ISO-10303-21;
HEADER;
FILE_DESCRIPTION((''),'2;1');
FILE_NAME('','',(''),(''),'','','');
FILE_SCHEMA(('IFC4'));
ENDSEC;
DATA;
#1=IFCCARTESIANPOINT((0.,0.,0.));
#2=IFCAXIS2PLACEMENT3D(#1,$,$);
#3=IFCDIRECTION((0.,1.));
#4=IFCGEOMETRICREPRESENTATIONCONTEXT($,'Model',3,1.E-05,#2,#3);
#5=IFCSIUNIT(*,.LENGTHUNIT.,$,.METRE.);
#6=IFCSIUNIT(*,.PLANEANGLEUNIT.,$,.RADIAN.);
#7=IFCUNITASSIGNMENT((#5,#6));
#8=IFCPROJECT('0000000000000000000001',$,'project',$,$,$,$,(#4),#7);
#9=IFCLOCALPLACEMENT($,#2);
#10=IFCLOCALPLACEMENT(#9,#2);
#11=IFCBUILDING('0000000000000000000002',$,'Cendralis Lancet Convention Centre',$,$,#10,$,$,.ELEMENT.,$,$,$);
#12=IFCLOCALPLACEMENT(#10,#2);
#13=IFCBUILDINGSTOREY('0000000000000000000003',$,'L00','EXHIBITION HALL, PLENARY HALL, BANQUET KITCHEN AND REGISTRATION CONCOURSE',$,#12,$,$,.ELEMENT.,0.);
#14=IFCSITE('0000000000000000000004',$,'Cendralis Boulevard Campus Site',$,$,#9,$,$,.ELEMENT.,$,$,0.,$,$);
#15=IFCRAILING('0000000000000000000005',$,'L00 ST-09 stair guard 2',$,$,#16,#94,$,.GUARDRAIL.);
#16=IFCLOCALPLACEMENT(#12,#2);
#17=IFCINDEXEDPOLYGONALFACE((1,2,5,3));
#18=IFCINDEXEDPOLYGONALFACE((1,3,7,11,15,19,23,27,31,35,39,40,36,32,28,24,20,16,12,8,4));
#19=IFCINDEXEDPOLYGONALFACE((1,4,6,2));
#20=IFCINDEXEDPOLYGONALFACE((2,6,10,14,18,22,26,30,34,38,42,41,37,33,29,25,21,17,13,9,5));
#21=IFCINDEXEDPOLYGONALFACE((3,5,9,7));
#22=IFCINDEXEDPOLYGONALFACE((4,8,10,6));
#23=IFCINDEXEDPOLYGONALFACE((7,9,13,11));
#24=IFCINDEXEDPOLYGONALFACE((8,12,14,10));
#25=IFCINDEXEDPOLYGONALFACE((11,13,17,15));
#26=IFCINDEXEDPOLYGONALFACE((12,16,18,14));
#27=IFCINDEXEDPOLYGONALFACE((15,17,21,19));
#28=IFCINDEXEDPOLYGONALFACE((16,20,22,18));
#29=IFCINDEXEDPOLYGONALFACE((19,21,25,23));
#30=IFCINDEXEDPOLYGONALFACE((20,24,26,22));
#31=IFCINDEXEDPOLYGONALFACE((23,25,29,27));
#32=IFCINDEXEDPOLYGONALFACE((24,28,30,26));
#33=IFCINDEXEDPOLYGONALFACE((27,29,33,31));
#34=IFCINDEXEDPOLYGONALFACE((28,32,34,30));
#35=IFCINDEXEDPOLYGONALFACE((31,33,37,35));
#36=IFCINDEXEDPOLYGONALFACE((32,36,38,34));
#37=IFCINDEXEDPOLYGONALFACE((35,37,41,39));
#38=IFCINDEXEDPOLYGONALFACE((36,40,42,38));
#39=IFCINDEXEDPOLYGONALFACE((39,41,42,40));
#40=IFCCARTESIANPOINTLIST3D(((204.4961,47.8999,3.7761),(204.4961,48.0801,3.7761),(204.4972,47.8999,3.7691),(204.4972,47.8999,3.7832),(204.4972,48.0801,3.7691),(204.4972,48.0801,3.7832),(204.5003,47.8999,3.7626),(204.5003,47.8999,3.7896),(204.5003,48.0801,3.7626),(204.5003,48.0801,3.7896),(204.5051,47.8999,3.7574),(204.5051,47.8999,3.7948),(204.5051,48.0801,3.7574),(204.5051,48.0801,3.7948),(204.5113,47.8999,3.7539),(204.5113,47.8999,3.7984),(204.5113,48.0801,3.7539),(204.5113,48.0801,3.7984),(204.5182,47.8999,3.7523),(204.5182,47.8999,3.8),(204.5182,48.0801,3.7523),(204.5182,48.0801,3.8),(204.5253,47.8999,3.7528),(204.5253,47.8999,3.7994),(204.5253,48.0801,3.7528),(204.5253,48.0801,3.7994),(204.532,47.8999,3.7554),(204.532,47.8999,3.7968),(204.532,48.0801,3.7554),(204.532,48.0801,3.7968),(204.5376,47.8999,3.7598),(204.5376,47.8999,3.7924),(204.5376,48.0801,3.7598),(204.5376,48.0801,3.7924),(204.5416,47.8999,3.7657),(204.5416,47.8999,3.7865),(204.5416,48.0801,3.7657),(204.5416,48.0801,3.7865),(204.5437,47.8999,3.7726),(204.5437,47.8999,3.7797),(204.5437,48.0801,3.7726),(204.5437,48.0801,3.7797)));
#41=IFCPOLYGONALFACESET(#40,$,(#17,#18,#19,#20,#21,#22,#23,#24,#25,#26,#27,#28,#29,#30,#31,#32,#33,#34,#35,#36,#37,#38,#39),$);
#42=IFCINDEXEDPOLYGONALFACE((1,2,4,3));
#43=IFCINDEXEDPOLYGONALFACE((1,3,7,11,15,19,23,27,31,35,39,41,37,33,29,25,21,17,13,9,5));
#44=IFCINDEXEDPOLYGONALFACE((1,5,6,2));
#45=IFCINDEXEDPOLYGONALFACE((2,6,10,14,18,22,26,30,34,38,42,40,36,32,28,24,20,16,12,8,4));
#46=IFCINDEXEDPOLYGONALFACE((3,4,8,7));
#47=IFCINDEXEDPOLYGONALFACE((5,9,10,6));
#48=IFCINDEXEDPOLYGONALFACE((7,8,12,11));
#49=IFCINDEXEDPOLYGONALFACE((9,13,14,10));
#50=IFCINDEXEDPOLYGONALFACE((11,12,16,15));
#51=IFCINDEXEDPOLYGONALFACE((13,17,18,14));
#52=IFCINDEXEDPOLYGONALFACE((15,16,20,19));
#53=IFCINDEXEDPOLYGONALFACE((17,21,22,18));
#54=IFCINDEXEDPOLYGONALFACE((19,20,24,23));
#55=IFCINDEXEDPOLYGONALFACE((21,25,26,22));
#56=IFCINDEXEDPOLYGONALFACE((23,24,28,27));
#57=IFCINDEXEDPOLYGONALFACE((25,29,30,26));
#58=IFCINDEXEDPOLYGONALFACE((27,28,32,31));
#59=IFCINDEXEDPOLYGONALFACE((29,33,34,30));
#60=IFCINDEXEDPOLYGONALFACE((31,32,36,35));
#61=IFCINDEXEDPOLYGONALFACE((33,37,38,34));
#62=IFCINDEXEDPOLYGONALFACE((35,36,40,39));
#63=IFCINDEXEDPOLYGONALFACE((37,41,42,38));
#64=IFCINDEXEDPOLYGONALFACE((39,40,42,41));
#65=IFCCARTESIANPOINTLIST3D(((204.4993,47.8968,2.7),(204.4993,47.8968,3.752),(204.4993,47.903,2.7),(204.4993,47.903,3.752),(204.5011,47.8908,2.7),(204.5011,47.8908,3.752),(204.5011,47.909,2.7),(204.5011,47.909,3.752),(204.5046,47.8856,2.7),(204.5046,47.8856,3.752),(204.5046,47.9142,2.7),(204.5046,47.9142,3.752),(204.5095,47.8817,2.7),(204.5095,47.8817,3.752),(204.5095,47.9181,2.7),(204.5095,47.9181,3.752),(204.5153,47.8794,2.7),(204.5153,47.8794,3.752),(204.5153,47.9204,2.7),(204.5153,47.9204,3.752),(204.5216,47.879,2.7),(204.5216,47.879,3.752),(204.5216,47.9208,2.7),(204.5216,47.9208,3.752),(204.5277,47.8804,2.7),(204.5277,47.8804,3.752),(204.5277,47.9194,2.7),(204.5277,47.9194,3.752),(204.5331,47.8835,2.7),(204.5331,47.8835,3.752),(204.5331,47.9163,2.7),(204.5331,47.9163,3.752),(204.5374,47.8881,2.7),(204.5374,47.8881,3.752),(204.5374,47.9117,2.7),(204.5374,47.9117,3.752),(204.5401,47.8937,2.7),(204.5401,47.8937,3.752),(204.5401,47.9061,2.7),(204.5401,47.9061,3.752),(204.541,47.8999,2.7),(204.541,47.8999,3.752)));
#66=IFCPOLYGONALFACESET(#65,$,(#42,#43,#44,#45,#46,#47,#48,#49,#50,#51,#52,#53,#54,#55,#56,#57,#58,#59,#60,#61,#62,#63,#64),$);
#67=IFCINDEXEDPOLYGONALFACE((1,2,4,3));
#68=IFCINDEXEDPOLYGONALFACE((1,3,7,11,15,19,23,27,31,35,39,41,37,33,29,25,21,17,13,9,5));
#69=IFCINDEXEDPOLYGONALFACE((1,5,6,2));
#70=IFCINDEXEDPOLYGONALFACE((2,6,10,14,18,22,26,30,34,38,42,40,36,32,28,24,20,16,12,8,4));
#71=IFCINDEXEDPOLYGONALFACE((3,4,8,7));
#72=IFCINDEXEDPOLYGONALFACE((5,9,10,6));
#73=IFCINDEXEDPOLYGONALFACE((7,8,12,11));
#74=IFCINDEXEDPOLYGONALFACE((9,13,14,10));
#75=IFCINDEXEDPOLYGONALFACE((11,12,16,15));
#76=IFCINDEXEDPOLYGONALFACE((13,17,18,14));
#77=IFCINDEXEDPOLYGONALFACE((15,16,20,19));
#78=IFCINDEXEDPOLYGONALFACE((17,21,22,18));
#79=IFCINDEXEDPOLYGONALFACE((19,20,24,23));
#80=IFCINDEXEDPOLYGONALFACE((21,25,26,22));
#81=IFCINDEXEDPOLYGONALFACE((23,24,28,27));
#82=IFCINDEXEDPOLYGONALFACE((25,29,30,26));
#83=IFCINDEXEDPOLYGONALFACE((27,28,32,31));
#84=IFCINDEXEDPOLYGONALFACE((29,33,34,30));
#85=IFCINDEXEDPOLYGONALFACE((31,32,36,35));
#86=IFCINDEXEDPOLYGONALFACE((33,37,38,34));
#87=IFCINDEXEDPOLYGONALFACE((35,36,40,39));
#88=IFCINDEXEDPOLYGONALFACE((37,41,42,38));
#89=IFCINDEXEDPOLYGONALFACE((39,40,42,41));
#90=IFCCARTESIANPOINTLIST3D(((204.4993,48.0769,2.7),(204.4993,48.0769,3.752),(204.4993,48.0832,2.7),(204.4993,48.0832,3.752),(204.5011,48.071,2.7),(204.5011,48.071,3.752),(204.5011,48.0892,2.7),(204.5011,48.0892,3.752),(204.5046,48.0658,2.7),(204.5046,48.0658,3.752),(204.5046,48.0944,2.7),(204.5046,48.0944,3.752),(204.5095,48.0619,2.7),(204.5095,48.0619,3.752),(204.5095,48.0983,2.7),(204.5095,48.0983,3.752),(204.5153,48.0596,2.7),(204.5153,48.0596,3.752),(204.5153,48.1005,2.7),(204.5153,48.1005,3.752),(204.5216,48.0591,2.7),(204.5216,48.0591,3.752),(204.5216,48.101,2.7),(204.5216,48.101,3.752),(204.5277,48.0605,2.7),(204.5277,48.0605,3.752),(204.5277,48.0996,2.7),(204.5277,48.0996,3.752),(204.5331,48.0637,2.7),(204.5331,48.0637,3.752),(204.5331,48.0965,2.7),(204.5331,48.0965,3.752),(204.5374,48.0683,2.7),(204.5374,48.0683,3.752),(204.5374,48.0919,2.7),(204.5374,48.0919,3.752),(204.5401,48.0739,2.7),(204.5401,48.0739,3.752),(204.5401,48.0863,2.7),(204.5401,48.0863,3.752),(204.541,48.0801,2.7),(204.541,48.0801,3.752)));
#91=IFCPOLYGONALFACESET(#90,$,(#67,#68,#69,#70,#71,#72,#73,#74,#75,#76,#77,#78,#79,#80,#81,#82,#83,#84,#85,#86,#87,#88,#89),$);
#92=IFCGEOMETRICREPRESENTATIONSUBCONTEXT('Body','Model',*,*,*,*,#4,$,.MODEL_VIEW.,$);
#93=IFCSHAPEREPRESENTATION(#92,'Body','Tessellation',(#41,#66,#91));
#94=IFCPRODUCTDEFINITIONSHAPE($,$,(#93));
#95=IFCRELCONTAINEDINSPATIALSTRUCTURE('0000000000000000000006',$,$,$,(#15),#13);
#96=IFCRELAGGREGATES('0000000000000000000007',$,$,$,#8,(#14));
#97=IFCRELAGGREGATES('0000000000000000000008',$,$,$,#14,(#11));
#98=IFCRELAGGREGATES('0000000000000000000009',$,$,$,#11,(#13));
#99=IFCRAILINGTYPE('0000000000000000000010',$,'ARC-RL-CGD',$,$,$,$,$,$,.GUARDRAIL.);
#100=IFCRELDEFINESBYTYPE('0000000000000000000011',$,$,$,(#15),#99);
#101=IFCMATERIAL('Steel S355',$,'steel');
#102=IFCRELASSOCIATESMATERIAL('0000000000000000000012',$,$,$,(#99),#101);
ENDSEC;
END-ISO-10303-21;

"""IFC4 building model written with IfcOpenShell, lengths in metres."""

from ifc_helpers import new_model, si_unit, direction, frame, origin, origin_2d, place, context, subcontext, project, spatial, circle, extrude, material, type_object, element, save


model = new_model("IFC4")

# Units and contexts
model_context = context("Model", 3, precision=1e-05, world=origin(), true_north=direction((0.0, 1.0)))
body_context = subcontext(model_context, "Body", "Model", "MODEL_VIEW")
ifc_project = project(units=[si_unit("LENGTHUNIT", "METRE"), si_unit("PLANEANGLEUNIT", "RADIAN")], contexts=[model_context])

# Site, building, storey
site_placement = place(None, origin())
site = spatial("IfcSite", under=ifc_project, at=site_placement, Name="Cendralis Boulevard Campus Site", CompositionType="ELEMENT", RefElevation=0.0)
building_placement = place(site_placement, origin())
building = spatial("IfcBuilding", under=site, at=building_placement, Name="Cendralis Lancet Convention Centre", CompositionType="ELEMENT")
storey_placement = place(building_placement, origin())
storey = spatial("IfcBuildingStorey", under=building, at=storey_placement, Name="L00", Description="EXHIBITION HALL, PLENARY HALL, BANQUET KITCHEN AND REGISTRATION CONCOURSE", CompositionType="ELEMENT", Elevation=0.0)

# Shared definitions
ifc_material_1 = material(Name="Steel S355", Category="steel")

# Railing
railing_type_1 = type_object("IfcRailingType", Name="ARC-RL-CGD", PredefinedType="GUARDRAIL", material=ifc_material_1)
railing_1_placement = place(storey_placement, frame((204.52, 47.8999, 2.7)))
element("IfcRailing", 1, at=railing_1_placement, inside=storey, type_object=railing_type_1, Name="L00 ST-09 stair guard 2", PredefinedType="GUARDRAIL", context=body_context, shape_type="SweptSolid", body=[
    extrude(circle(Radius=0.0239, at=origin_2d()), frame((0.0, 0.0, 1.0762), z_axis=(0.0, 1.0, 0.0), x_axis=(-1.0, 0.0, 0.0)), (0.0, 0.0, 1.0), 0.1802),
    extrude(circle(Radius=0.021, at=origin_2d()), origin(), (0.0, 0.0, 1.0), 1.052),
    extrude(circle(Radius=0.021, at=origin_2d()), frame((0.0, 0.1802, 0.0)), (0.0, 0.0, 1.0), 1.052),
])

save(model, "model.ifc")
